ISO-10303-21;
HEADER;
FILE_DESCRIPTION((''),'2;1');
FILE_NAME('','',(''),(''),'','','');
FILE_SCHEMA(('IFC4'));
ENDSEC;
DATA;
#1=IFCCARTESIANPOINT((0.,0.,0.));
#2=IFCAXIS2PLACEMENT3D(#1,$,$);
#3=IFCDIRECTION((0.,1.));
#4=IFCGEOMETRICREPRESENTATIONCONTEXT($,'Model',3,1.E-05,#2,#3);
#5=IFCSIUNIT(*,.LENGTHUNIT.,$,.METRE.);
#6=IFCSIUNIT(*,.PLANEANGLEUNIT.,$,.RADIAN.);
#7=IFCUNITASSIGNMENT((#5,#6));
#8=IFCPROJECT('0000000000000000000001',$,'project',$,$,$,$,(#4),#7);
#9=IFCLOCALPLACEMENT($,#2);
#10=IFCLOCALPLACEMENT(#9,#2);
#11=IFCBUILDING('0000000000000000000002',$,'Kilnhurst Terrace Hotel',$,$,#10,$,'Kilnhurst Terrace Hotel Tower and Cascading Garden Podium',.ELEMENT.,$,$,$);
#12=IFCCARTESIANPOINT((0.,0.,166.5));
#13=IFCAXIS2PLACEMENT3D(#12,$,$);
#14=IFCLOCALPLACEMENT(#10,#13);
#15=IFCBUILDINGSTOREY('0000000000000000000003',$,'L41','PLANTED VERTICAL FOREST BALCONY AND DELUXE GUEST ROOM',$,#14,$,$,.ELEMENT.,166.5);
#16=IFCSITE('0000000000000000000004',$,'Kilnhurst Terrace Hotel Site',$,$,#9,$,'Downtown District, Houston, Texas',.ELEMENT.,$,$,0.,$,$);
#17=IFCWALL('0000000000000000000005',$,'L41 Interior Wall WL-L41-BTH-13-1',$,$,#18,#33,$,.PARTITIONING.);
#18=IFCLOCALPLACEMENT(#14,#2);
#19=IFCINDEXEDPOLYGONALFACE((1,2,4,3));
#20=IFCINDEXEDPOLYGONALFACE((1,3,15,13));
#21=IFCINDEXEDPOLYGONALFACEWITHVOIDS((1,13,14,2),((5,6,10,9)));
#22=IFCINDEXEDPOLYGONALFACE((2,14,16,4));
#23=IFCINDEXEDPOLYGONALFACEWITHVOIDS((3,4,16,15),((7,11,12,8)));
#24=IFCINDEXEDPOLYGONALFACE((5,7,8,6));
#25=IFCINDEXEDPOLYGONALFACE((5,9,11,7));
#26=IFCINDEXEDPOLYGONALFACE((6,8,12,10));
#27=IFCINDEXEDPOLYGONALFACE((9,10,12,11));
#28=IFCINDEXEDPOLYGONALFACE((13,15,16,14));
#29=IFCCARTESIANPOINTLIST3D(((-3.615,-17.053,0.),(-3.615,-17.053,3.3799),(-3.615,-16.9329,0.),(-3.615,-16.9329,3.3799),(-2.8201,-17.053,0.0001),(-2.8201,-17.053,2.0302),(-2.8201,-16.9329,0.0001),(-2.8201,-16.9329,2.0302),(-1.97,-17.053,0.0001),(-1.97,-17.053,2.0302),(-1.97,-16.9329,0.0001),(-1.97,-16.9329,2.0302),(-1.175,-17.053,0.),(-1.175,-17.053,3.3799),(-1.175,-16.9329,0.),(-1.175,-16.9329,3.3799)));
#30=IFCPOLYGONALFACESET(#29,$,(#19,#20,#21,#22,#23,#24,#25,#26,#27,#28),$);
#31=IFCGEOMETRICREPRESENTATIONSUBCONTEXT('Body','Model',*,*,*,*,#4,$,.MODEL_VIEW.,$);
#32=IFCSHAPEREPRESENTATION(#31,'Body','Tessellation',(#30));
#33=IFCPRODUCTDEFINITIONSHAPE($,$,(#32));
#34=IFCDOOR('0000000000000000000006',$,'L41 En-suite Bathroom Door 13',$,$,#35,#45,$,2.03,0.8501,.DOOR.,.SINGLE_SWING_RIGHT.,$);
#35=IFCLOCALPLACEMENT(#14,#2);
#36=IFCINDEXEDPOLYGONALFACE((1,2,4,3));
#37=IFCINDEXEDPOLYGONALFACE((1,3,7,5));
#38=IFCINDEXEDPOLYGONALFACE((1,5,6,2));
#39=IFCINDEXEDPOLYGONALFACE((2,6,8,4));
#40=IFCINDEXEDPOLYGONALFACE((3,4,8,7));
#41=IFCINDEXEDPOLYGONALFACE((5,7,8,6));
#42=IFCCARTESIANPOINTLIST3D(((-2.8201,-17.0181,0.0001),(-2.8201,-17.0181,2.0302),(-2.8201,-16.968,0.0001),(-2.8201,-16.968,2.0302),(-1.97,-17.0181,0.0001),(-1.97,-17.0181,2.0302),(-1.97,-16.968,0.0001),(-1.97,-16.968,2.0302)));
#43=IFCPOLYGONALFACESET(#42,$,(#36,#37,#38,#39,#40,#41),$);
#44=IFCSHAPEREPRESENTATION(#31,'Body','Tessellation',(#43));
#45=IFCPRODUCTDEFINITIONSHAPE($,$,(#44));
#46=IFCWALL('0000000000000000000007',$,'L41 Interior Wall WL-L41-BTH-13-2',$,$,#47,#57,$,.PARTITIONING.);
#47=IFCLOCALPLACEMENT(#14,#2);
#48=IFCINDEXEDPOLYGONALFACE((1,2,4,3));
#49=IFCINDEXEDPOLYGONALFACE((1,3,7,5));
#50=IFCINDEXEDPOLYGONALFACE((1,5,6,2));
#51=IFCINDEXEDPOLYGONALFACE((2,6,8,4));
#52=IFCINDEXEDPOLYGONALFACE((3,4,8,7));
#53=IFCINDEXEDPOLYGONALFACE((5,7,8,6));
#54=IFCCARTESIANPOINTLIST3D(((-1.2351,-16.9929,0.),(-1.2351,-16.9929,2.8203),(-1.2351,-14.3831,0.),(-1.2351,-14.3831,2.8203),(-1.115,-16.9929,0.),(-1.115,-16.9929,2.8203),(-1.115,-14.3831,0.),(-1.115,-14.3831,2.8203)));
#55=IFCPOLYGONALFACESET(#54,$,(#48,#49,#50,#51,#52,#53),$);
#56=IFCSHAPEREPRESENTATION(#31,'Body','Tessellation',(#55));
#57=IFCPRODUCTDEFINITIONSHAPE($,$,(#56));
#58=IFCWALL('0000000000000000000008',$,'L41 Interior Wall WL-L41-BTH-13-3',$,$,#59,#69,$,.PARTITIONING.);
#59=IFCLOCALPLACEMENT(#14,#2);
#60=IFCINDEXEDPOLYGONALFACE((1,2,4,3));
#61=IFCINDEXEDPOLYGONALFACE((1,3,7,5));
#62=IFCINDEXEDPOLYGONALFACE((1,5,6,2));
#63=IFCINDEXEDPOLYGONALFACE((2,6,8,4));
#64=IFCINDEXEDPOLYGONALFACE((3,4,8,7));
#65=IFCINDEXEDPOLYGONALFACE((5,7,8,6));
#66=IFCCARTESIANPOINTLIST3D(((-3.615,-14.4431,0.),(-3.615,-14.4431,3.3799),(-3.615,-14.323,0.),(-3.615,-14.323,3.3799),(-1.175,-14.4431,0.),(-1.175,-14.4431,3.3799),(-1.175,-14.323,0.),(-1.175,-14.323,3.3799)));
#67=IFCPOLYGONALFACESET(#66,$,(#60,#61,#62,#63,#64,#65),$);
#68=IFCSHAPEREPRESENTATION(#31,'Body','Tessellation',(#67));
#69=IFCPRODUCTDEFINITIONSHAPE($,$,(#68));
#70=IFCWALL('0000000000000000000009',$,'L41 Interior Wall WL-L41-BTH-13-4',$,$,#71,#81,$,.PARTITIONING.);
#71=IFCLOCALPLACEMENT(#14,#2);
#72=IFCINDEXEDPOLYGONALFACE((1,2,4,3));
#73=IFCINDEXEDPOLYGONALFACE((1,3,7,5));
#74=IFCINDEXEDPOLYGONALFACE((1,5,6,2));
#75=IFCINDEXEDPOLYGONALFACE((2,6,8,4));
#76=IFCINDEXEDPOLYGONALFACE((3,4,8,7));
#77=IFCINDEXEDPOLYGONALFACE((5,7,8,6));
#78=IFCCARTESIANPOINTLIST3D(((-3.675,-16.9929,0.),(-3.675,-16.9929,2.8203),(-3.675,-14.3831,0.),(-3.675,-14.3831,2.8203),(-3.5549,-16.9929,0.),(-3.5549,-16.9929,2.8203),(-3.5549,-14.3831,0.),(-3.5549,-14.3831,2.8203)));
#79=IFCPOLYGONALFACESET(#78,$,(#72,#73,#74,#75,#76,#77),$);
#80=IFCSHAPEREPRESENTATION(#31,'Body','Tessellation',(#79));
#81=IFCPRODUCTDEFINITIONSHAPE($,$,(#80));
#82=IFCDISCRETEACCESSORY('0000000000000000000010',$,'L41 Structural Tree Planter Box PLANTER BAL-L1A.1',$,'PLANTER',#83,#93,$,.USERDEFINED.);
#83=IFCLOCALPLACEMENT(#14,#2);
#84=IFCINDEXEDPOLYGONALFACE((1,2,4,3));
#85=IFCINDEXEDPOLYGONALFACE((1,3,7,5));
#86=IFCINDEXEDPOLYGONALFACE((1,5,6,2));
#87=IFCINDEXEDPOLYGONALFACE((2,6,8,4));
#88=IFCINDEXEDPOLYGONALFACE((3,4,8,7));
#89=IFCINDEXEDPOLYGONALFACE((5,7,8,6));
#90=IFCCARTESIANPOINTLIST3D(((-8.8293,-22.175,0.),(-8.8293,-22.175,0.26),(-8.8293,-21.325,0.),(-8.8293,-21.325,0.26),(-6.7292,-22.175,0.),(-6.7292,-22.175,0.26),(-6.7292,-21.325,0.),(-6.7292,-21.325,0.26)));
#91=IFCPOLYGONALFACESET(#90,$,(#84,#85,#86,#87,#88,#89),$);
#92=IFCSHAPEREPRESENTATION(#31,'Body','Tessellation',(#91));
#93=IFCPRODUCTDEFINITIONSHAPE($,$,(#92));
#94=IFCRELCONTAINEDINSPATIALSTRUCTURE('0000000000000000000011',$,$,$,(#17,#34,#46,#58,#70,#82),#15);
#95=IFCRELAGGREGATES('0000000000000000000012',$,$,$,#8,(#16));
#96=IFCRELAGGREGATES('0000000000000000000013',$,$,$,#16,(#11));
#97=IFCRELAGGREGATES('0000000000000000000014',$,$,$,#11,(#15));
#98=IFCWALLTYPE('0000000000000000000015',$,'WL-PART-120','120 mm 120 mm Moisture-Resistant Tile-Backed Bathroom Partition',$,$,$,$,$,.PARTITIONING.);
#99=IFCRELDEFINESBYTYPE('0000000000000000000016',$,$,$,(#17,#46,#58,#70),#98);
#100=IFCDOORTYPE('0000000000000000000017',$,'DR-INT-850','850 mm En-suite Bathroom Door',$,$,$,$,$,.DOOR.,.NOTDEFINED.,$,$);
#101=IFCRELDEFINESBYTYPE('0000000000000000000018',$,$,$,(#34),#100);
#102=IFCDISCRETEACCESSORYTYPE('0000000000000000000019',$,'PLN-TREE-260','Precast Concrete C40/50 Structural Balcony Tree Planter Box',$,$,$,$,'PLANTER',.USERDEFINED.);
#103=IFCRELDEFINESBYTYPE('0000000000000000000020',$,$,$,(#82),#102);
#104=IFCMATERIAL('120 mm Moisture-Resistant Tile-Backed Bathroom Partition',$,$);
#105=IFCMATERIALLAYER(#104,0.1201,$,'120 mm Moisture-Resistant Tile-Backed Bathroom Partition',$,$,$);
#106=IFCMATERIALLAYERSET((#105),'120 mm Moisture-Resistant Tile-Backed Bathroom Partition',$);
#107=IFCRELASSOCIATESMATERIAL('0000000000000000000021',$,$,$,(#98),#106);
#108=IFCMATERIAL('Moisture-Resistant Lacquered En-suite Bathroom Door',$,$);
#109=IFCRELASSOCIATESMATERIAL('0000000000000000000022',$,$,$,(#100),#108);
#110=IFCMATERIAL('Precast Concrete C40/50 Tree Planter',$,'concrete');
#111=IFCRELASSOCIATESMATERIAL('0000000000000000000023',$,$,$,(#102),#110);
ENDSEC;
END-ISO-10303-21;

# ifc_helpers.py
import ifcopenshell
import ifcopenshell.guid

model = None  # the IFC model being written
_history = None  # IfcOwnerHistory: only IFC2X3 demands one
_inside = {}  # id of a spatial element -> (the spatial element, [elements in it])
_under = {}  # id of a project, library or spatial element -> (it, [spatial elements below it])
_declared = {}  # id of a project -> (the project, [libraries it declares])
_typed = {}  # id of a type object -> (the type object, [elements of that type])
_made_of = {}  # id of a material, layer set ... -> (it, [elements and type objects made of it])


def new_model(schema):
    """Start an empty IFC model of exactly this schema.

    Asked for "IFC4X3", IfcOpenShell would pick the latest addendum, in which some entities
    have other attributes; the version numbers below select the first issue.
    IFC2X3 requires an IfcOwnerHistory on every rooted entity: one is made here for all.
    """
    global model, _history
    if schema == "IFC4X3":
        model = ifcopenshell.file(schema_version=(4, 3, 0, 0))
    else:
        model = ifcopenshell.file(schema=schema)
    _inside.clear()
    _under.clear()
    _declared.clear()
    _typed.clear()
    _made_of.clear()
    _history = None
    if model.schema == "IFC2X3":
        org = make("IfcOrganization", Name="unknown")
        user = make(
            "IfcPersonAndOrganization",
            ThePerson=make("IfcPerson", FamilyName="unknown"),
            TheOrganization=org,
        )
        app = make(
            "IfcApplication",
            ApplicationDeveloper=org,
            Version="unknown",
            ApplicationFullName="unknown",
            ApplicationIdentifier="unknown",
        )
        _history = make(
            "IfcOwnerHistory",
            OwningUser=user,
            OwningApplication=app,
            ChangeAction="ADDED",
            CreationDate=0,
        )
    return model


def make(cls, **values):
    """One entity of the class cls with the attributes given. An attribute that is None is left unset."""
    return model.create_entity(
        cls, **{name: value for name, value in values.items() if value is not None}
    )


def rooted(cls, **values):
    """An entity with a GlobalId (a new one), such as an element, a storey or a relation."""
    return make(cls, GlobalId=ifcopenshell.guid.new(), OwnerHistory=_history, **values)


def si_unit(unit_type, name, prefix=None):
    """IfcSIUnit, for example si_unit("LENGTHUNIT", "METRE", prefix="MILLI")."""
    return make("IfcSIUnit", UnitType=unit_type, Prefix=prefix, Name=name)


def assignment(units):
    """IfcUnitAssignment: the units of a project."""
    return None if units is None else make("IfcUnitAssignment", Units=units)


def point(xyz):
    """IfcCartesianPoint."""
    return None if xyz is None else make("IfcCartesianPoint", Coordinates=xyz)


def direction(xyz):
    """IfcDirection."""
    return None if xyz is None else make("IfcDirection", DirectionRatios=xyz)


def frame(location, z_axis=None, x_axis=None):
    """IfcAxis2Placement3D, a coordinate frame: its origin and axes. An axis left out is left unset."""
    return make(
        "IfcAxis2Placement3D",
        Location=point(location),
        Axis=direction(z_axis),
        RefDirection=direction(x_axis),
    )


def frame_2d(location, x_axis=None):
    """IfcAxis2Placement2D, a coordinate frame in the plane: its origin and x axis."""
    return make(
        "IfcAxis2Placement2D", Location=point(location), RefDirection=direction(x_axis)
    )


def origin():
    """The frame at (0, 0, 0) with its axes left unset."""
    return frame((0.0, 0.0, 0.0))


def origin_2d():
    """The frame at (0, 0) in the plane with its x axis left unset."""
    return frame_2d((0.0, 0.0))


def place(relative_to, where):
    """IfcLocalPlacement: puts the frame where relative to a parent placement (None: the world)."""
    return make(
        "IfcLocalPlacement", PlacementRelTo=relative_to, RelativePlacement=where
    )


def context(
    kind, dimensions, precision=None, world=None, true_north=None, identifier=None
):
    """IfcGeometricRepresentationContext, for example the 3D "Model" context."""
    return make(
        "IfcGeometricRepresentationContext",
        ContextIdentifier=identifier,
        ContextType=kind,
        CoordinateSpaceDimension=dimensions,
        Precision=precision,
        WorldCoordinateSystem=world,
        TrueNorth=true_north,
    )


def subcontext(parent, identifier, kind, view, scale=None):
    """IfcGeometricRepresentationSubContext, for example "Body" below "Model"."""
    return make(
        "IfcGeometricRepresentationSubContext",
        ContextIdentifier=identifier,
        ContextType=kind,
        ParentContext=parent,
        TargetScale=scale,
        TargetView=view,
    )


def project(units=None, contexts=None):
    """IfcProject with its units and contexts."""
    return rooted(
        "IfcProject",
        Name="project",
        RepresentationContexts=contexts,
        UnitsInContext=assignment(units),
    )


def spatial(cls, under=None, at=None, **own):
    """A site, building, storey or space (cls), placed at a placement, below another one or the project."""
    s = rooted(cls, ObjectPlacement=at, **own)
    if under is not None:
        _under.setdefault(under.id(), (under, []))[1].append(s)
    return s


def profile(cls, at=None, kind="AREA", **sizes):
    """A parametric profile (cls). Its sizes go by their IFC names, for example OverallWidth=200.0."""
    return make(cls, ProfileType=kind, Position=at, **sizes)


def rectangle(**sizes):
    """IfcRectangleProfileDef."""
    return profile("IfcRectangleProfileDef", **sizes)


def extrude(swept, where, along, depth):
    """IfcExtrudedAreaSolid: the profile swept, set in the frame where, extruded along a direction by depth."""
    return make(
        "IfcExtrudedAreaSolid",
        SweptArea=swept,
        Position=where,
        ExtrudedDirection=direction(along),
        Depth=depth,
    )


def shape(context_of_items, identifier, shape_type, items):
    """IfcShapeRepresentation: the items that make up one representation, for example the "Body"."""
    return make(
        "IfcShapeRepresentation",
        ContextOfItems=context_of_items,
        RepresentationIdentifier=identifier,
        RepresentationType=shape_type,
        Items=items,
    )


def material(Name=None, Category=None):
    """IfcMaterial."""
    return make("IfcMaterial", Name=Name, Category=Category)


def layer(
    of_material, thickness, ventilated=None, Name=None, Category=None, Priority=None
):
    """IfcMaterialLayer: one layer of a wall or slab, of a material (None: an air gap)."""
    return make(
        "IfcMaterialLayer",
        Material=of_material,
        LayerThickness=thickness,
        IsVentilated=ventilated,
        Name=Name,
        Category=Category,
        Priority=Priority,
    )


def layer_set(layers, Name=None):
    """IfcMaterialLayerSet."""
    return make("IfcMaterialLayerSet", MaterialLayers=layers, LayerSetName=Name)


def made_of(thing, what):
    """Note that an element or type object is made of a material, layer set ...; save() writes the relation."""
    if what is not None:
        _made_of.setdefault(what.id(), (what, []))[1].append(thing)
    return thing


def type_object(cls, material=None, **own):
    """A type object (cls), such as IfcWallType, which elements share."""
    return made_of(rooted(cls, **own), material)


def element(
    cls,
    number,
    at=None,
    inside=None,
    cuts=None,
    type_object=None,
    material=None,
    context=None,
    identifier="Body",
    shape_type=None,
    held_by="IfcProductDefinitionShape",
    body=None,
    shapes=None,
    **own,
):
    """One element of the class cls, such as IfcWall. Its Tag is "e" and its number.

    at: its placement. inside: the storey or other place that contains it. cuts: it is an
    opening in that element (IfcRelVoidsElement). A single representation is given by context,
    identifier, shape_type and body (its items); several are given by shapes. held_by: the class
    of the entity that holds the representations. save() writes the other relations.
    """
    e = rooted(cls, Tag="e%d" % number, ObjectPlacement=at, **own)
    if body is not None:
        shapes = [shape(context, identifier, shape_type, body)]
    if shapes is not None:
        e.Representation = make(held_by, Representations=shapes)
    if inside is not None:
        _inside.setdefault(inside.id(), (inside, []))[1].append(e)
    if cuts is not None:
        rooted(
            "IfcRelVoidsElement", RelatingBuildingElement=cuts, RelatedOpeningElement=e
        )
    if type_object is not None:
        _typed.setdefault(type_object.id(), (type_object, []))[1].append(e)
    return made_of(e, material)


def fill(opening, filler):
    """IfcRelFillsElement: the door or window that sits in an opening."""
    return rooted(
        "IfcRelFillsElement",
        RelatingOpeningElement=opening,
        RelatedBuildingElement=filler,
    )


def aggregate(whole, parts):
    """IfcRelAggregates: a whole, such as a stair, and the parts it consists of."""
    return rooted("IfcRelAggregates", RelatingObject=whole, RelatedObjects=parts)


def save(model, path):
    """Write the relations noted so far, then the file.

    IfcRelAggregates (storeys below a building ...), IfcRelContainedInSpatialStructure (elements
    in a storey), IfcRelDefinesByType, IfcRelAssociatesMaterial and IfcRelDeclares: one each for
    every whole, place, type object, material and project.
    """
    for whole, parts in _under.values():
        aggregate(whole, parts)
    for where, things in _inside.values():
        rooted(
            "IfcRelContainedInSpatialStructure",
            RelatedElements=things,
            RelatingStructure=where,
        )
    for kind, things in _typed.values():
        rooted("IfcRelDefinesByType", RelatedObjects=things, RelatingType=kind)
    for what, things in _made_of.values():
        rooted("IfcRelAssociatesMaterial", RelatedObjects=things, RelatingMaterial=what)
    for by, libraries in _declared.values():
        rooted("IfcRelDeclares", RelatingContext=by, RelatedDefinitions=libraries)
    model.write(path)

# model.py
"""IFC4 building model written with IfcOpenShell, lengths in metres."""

from ifc_helpers import new_model, si_unit, direction, frame, frame_2d, origin, origin_2d, place, context, subcontext, project, spatial, rectangle, extrude, material, layer, layer_set, type_object, element, fill, save


model = new_model("IFC4")

# Units and contexts
model_context = context("Model", 3, precision=1e-05, world=origin(), true_north=direction((0.0, 1.0)))
body_context = subcontext(model_context, "Body", "Model", "MODEL_VIEW")
ifc_project = project(units=[si_unit("LENGTHUNIT", "METRE"), si_unit("PLANEANGLEUNIT", "RADIAN")], contexts=[model_context])

# Site, building, storey
site_placement = place(None, origin())
site = spatial("IfcSite", under=ifc_project, at=site_placement, Name="Kilnhurst Terrace Hotel Site", LongName="Downtown District, Houston, Texas", CompositionType="ELEMENT", RefElevation=0.0)
building_placement = place(site_placement, origin())
building = spatial("IfcBuilding", under=site, at=building_placement, Name="Kilnhurst Terrace Hotel", LongName="Kilnhurst Terrace Hotel Tower and Cascading Garden Podium", CompositionType="ELEMENT")
storey_placement = place(building_placement, frame((0.0, 0.0, 166.5)))
storey = spatial("IfcBuildingStorey", under=building, at=storey_placement, Name="L41", Description="PLANTED VERTICAL FOREST BALCONY AND DELUXE GUEST ROOM", CompositionType="ELEMENT", Elevation=166.5)

# Shared definitions
ifc_material_1 = material(Name="120 mm Moisture-Resistant Tile-Backed Bathroom Partition")
ifc_layer_1 = layer(ifc_material_1, 0.1201, Name="120 mm Moisture-Resistant Tile-Backed Bathroom Partition")
ifc_layer_set_1 = layer_set([ifc_layer_1], Name="120 mm Moisture-Resistant Tile-Backed Bathroom Partition")
wall_type_1 = type_object("IfcWallType", Name="WL-PART-120", Description="120 mm 120 mm Moisture-Resistant Tile-Backed Bathroom Partition", PredefinedType="PARTITIONING", material=ifc_layer_set_1)
ifc_material_2 = material(Name="Moisture-Resistant Lacquered En-suite Bathroom Door")
door_type_1 = type_object("IfcDoorType", Name="DR-INT-850", Description="850 mm En-suite Bathroom Door", OperationType="NOTDEFINED", PredefinedType="DOOR", material=ifc_material_2)

# Wall, opening, door
wall_1_placement = place(storey_placement, frame((-3.615, -16.9929, 0.0), z_axis=(0.0, 0.0, 1.0), x_axis=(1.0, 0.0, 0.0)))
wall_1 = element("IfcWall", 1, at=wall_1_placement, inside=storey, type_object=wall_type_1, Name="L41 Interior Wall WL-L41-BTH-13-1", PredefinedType="PARTITIONING", context=body_context, shape_type="SweptSolid", body=[
    extrude(rectangle(XDim=2.4399, YDim=0.1201, at=frame_2d((1.22, 0.0))), origin(), (0.0, 0.0, 1.0), 3.3799),
])
opening_1_placement = place(wall_1_placement, frame((0.7949, 0.0, 0.0)))
opening_1 = element("IfcOpeningElement", 2, at=opening_1_placement, cuts=wall_1, PredefinedType="OPENING", context=body_context, shape_type="SweptSolid", body=[
    extrude(rectangle(XDim=0.8501, YDim=2.03, at=frame_2d((0.425, 1.0151))), frame((0.0, 0.0701, 0.0), z_axis=(0.0, -1.0, 0.0), x_axis=(1.0, 0.0, 0.0)), (0.0, 0.0, 1.0), 0.1401),
])
door_1_placement = place(opening_1_placement, origin())
door_1 = element("IfcDoor", 3, at=door_1_placement, inside=storey, type_object=door_type_1, Name="L41 En-suite Bathroom Door 13", OperationType="SINGLE_SWING_RIGHT", OverallHeight=2.03, OverallWidth=0.8501, PredefinedType="DOOR", context=body_context, shape_type="SweptSolid", body=[
    extrude(rectangle(XDim=0.8501, YDim=2.03, at=frame_2d((0.425, 1.0151))), frame((0.0, 0.0249, 0.0), z_axis=(0.0, -1.0, 0.0), x_axis=(1.0, 0.0, 0.0)), (0.0, 0.0, 1.0), 0.05),
])
fill(opening_1, door_1)

# Walls
wall_2_placement = place(storey_placement, frame((-1.175, -16.9929, 0.0), z_axis=(0.0, 0.0, 1.0), x_axis=(0.0, 1.0, 0.0)))
element("IfcWall", 4, at=wall_2_placement, inside=storey, type_object=wall_type_1, Name="L41 Interior Wall WL-L41-BTH-13-2", PredefinedType="PARTITIONING", context=body_context, shape_type="SweptSolid", body=[
    extrude(rectangle(XDim=2.6099, YDim=0.1201, at=frame_2d((1.3049, 0.0))), origin(), (0.0, 0.0, 1.0), 2.8203),
])
wall_3_placement = place(storey_placement, frame((-1.175, -14.3831, 0.0), z_axis=(0.0, 0.0, 1.0), x_axis=(-1.0, 0.0, 0.0)))
element("IfcWall", 5, at=wall_3_placement, inside=storey, type_object=wall_type_1, Name="L41 Interior Wall WL-L41-BTH-13-3", PredefinedType="PARTITIONING", context=body_context, shape_type="SweptSolid", body=[
    extrude(rectangle(XDim=2.4399, YDim=0.1201, at=frame_2d((1.22, 0.0))), origin(), (0.0, 0.0, 1.0), 3.3799),
])
wall_4_placement = place(storey_placement, frame((-3.615, -14.3831, 0.0), z_axis=(0.0, 0.0, 1.0), x_axis=(0.0, -1.0, 0.0)))
element("IfcWall", 6, at=wall_4_placement, inside=storey, type_object=wall_type_1, Name="L41 Interior Wall WL-L41-BTH-13-4", PredefinedType="PARTITIONING", context=body_context, shape_type="SweptSolid", body=[
    extrude(rectangle(XDim=2.6099, YDim=0.1201, at=frame_2d((1.3049, 0.0))), origin(), (0.0, 0.0, 1.0), 2.8203),
])

# Discrete accessory
ifc_material_3 = material(Name="Precast Concrete C40/50 Tree Planter", Category="concrete")
discrete_accessory_type = type_object("IfcDiscreteAccessoryType", Name="PLN-TREE-260", Description="Precast Concrete C40/50 Structural Balcony Tree Planter Box", ElementType="PLANTER", PredefinedType="USERDEFINED", material=ifc_material_3)
discrete_accessory_placement = place(storey_placement, frame((-7.7793, -21.75, 0.0), z_axis=(0.0, 0.0, 1.0), x_axis=(1.0, 0.0, 0.0)))
element("IfcDiscreteAccessory", 7, at=discrete_accessory_placement, inside=storey, type_object=discrete_accessory_type, Name="L41 Structural Tree Planter Box PLANTER BAL-L1A.1", ObjectType="PLANTER", PredefinedType="USERDEFINED", context=body_context, shape_type="SweptSolid", body=[
    extrude(rectangle(XDim=2.1001, YDim=0.8501, at=origin_2d()), origin(), (0.0, 0.0, 1.0), 0.26),
])

save(model, "model.ifc")
